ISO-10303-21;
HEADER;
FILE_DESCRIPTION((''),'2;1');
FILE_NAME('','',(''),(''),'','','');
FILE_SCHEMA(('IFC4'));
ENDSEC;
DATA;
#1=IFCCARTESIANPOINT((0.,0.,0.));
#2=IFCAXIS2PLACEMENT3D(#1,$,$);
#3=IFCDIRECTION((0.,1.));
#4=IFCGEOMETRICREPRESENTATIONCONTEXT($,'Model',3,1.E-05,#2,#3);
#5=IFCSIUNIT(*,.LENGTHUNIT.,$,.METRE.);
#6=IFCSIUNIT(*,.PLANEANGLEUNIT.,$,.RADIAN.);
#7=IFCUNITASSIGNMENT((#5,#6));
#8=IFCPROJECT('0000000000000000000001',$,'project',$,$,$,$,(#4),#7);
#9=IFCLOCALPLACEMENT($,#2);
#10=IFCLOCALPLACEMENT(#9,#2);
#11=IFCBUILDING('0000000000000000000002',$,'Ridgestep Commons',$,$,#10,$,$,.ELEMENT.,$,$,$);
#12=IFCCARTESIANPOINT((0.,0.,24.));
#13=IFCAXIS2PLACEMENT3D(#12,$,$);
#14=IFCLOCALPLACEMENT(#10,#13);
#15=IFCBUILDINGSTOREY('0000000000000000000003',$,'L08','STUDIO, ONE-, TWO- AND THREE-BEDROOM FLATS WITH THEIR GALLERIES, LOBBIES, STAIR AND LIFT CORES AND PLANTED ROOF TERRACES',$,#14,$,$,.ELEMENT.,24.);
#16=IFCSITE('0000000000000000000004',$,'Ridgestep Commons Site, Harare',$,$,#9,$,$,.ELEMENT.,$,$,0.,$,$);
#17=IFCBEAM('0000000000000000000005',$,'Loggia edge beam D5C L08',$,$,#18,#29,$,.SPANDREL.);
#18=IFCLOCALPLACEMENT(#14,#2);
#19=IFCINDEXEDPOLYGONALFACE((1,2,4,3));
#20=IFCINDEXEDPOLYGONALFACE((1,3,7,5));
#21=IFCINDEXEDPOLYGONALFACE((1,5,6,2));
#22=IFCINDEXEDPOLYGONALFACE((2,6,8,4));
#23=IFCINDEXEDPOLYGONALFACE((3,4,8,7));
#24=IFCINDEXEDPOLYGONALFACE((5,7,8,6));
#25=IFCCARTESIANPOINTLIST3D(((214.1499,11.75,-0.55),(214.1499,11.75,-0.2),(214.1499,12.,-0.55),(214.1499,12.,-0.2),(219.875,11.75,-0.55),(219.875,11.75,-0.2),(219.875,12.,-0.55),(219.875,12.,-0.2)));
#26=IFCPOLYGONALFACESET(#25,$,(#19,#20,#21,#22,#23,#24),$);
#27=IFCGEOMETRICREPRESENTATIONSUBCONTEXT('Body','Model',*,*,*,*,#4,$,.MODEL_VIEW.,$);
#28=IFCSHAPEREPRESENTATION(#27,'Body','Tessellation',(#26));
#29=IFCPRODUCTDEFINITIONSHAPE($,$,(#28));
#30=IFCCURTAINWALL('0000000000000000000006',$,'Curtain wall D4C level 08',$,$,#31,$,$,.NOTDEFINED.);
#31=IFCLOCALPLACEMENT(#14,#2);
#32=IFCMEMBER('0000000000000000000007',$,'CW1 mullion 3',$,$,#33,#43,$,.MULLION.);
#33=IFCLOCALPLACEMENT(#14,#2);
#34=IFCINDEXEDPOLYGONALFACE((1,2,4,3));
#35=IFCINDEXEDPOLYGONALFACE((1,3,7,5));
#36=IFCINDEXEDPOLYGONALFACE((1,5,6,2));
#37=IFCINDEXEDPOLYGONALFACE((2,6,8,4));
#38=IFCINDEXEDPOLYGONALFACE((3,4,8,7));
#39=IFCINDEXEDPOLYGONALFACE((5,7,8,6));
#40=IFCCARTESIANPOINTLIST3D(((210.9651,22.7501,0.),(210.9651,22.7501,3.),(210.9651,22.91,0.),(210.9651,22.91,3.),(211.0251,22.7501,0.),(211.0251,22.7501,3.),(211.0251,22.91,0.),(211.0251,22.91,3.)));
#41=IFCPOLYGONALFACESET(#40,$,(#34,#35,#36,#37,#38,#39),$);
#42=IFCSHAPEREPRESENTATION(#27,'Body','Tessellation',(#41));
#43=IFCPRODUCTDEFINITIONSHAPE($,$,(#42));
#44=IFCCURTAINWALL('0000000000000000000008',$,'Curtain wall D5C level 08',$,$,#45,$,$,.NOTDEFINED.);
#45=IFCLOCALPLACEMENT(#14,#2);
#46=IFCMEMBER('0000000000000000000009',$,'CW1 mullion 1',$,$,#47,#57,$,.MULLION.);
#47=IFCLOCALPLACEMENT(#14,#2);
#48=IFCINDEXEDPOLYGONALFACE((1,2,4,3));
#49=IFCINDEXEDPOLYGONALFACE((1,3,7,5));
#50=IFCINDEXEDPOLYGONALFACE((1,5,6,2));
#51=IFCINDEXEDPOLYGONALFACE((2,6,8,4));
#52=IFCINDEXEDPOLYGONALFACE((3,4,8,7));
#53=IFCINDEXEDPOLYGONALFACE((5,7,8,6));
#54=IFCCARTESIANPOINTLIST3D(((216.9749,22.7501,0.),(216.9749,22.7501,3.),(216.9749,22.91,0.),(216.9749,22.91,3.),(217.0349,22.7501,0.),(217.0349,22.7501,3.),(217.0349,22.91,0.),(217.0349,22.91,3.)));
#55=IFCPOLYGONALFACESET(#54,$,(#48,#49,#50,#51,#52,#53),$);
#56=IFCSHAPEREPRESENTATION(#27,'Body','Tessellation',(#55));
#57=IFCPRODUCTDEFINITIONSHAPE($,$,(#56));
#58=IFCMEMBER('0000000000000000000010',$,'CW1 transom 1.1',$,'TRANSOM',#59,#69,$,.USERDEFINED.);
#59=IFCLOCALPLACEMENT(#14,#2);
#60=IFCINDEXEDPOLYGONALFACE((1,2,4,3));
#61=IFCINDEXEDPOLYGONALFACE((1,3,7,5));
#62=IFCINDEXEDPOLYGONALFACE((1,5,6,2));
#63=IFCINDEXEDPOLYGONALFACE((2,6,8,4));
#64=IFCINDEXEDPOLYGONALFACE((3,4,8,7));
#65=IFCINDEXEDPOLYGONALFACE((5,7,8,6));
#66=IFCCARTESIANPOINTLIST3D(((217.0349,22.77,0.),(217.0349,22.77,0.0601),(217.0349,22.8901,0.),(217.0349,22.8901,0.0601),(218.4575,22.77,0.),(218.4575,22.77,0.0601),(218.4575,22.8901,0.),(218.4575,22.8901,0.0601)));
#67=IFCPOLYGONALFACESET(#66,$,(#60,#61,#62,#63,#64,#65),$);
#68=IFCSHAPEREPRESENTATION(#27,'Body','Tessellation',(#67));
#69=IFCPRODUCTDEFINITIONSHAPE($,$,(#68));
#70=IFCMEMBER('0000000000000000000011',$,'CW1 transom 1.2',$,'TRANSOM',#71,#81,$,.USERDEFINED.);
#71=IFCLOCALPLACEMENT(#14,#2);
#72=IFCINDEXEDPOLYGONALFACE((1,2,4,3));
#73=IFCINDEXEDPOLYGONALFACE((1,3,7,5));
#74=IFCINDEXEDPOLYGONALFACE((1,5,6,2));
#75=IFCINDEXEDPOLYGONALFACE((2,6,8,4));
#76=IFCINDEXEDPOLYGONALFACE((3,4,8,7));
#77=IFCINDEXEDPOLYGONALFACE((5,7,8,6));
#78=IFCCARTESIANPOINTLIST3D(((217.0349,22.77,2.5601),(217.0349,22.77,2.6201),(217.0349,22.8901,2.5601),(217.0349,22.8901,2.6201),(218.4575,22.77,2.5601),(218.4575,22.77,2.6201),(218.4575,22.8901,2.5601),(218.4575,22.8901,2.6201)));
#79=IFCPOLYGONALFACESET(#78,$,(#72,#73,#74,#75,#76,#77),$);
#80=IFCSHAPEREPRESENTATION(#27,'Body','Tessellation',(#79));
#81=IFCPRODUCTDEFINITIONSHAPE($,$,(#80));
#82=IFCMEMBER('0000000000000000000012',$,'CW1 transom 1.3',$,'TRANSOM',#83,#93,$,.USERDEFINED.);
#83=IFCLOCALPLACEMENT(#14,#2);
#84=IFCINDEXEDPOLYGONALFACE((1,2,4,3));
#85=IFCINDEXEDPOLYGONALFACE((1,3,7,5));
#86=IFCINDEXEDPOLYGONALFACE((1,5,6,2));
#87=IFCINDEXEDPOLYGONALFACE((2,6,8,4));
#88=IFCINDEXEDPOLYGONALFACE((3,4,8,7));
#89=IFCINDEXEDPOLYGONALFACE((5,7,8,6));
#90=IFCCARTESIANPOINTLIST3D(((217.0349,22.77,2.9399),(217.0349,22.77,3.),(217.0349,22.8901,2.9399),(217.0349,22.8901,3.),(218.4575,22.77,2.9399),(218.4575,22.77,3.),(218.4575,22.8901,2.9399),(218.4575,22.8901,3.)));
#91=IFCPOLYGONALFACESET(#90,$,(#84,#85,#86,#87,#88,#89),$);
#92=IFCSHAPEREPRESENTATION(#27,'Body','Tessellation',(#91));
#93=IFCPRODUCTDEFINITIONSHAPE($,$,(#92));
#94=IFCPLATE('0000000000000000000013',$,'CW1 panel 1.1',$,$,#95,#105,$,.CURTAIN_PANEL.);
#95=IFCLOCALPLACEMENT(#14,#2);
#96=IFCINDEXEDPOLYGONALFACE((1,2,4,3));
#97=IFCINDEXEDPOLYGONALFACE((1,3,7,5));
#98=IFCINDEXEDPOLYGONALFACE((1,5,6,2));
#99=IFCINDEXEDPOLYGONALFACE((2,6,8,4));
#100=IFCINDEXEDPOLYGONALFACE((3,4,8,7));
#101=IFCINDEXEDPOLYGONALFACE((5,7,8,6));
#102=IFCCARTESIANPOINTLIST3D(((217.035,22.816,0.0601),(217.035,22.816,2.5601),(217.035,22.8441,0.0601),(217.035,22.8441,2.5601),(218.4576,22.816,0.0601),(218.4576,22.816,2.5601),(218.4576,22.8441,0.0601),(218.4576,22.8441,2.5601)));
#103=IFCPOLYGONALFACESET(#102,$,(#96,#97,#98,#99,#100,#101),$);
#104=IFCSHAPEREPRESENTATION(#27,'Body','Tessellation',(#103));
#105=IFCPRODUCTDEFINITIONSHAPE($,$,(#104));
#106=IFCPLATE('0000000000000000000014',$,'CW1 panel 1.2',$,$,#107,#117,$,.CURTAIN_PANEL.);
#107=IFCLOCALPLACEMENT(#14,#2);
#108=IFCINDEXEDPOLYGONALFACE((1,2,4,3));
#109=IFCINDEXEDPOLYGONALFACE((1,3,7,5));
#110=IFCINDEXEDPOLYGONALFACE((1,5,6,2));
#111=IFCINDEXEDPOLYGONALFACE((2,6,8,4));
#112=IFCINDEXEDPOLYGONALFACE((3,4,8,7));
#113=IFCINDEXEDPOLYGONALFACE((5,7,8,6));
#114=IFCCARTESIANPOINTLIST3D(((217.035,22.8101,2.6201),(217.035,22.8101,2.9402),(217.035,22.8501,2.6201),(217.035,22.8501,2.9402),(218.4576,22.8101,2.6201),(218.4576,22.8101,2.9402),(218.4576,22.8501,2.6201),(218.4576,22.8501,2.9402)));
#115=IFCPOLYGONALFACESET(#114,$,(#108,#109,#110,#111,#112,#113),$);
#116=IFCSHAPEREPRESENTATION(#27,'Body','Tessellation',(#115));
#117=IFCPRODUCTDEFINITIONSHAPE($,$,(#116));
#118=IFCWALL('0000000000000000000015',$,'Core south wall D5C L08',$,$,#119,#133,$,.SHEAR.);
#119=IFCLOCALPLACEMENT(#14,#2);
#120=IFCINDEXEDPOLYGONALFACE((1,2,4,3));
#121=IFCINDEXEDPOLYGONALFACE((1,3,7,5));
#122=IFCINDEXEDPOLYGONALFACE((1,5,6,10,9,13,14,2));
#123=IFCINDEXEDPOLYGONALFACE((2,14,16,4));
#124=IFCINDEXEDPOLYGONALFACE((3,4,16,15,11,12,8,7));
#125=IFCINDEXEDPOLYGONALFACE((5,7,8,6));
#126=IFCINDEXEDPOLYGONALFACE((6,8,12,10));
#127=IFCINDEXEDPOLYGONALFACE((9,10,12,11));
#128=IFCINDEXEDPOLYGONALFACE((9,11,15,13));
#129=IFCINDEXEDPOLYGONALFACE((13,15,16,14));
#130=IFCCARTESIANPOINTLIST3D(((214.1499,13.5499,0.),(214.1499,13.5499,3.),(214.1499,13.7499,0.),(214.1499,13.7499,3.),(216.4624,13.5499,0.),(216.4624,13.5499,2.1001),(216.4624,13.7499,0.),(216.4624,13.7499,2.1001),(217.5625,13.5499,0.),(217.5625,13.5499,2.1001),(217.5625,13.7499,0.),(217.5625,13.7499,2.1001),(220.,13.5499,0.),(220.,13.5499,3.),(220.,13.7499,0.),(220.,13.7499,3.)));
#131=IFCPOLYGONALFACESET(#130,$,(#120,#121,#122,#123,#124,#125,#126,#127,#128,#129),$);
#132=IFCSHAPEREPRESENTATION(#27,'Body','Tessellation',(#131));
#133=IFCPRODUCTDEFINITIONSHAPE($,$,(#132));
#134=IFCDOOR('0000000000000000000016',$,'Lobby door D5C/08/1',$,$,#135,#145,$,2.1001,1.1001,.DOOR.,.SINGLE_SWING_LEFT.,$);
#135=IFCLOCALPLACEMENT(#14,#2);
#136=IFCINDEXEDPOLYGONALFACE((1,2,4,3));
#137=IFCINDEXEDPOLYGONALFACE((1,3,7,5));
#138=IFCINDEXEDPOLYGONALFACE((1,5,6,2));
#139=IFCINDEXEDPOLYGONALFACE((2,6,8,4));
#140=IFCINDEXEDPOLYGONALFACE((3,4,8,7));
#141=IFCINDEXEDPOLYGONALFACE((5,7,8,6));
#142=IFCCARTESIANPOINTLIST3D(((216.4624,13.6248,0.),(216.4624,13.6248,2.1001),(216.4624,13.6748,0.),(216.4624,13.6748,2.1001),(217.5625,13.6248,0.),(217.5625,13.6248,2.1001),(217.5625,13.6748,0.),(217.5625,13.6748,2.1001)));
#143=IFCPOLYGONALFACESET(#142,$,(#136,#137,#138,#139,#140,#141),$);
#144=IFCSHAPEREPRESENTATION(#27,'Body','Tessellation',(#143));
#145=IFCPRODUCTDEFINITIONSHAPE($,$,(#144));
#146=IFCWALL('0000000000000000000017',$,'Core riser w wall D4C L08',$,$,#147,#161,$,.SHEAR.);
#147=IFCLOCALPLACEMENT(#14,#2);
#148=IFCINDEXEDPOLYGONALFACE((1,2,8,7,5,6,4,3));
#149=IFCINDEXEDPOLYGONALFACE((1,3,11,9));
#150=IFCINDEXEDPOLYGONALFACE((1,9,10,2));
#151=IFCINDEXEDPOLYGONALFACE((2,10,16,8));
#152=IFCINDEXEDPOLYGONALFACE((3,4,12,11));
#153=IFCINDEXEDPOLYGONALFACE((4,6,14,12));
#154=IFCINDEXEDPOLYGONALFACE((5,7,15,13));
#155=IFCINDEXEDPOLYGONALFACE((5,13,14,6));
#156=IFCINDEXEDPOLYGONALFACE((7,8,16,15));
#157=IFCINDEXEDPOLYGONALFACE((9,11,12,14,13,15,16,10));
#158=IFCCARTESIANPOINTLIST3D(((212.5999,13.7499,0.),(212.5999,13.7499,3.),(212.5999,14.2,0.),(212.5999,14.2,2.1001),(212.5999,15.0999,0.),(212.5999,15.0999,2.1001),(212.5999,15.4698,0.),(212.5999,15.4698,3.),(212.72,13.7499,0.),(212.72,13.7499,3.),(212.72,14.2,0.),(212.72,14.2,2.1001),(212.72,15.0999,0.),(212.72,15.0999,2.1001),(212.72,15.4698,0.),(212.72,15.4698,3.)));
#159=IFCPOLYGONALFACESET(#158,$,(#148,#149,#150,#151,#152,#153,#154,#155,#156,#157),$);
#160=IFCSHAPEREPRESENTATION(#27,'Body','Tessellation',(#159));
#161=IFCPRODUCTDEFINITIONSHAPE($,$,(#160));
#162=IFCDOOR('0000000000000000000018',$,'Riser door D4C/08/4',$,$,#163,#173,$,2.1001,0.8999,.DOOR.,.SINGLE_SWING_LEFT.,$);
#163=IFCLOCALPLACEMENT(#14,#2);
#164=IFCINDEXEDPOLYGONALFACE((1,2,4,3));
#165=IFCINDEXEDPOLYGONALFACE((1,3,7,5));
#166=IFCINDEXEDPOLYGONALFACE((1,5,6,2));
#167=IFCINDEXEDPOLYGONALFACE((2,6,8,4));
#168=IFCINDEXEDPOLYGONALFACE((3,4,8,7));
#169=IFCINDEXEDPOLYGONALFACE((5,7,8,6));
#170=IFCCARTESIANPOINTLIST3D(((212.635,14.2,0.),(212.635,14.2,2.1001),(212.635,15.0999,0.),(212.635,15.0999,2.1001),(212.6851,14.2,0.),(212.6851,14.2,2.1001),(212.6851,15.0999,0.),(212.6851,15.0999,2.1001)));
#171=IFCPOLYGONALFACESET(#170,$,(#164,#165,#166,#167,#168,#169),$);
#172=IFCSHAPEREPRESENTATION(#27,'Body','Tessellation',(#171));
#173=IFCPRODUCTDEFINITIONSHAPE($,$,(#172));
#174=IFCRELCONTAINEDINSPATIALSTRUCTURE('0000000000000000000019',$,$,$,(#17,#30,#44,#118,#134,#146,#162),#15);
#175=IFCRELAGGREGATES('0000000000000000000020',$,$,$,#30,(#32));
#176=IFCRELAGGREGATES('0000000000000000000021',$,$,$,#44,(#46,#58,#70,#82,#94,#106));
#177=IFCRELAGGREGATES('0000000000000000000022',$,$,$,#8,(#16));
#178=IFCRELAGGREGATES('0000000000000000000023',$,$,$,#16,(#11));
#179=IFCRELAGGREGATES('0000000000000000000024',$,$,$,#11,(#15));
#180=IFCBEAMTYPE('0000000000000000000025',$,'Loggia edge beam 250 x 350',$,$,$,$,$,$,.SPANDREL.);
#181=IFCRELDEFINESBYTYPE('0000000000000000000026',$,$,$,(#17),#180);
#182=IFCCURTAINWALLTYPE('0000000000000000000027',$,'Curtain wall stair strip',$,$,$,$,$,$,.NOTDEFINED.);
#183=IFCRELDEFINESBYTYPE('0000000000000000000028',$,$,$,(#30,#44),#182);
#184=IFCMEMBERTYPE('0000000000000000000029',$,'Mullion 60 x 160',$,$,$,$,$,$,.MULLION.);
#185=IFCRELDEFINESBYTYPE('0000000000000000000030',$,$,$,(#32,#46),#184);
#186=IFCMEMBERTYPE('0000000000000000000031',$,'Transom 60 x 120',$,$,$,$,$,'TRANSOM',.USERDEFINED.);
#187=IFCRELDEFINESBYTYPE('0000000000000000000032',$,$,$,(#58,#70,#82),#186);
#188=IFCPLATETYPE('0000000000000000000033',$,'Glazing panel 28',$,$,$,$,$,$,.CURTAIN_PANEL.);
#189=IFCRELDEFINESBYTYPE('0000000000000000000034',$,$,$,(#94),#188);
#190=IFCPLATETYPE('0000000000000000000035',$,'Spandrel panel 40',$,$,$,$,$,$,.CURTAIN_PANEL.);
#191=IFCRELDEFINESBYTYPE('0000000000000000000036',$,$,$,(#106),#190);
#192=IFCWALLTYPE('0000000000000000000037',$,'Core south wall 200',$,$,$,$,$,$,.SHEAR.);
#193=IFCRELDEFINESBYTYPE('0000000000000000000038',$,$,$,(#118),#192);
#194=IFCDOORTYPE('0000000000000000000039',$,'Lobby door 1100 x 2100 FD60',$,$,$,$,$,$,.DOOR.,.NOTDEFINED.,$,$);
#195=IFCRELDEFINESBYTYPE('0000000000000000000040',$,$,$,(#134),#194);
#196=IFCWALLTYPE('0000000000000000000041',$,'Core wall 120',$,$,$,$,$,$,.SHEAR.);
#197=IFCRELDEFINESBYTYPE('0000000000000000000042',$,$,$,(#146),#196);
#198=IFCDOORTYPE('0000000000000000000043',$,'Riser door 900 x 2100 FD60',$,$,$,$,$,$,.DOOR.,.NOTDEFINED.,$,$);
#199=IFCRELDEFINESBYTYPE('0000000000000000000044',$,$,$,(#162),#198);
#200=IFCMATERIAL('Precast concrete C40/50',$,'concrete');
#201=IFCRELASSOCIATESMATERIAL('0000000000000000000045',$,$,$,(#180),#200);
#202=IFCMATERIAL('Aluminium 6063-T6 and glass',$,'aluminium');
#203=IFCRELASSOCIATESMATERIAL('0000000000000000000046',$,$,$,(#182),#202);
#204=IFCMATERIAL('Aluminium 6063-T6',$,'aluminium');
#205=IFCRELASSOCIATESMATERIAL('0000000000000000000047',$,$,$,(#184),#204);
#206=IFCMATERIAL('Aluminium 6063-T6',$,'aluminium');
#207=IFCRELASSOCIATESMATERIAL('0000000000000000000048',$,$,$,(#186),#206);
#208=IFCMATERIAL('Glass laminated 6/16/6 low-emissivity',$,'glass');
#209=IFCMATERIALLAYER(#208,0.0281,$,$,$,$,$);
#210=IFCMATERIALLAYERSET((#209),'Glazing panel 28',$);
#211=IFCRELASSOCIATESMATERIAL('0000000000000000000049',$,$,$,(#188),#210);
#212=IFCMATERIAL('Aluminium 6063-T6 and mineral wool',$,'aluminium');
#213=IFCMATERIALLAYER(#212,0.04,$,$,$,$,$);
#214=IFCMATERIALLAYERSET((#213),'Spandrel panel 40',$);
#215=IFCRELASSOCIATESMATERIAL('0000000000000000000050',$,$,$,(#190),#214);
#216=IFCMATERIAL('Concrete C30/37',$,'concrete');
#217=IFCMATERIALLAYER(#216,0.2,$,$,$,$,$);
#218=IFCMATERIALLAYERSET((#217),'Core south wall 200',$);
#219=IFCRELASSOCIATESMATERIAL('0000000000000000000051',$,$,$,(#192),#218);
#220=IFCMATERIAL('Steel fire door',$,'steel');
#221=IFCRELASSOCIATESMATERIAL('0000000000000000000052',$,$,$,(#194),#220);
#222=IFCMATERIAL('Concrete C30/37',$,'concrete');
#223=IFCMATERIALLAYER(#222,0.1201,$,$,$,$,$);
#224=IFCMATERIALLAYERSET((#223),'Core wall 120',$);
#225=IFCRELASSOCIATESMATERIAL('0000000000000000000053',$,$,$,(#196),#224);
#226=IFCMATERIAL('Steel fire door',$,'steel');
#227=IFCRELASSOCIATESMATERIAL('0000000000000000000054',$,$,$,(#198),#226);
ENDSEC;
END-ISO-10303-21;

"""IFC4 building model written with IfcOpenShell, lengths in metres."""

from ifc_helpers import new_model, si_unit, direction, frame, frame_2d, origin, origin_2d, place, context, subcontext, project, spatial, rectangle, extrude, material, layer, layer_set, material_profile, profile_set, type_object, element, fill, aggregate, save


model = new_model("IFC4")

# Units and contexts
model_context = context("Model", 3, precision=1e-05, world=origin(), true_north=direction((0.0, 1.0)))
body_context = subcontext(model_context, "Body", "Model", "MODEL_VIEW")
ifc_project = project(units=[si_unit("LENGTHUNIT", "METRE"), si_unit("PLANEANGLEUNIT", "RADIAN")], contexts=[model_context])

# Site, building, storey
site_placement = place(None, origin())
site = spatial("IfcSite", under=ifc_project, at=site_placement, Name="Ridgestep Commons Site, Harare", CompositionType="ELEMENT", RefElevation=0.0)
building_placement = place(site_placement, origin())
building = spatial("IfcBuilding", under=site, at=building_placement, Name="Ridgestep Commons", CompositionType="ELEMENT")
storey_placement = place(building_placement, frame((0.0, 0.0, 24.0)))
storey = spatial("IfcBuildingStorey", under=building, at=storey_placement, Name="L08", Description="STUDIO, ONE-, TWO- AND THREE-BEDROOM FLATS WITH THEIR GALLERIES, LOBBIES, STAIR AND LIFT CORES AND PLANTED ROOF TERRACES", CompositionType="ELEMENT", Elevation=24.0)

# Beam
ifc_material_1 = material(Name="Precast concrete C40/50", Category="concrete")
ifc_material_profile_1 = material_profile(ifc_material_1, rectangle(XDim=0.25, YDim=0.3501, at=origin_2d()), Name="PC 250x350")
ifc_profile_set_1 = profile_set([ifc_material_profile_1], Name="Precast concrete C40/50")
beam_type = type_object("IfcBeamType", Name="Loggia edge beam 250 x 350", PredefinedType="SPANDREL", material=ifc_profile_set_1)
beam_placement = place(storey_placement, frame((214.1499, 11.875, -0.375), z_axis=(1.0, 0.0, 0.0), x_axis=(0.0, 1.0, 0.0)))
element("IfcBeam", 1, at=beam_placement, inside=storey, type_object=beam_type, Name="Loggia edge beam D5C L08", PredefinedType="SPANDREL", context=body_context, shape_type="SweptSolid", body=[
    extrude(rectangle(XDim=0.25, YDim=0.3501, at=origin_2d()), origin(), (0.0, 0.0, 1.0), 5.7251),
])

# Curtain wall, member
ifc_material_2 = material(Name="Aluminium 6063-T6 and glass", Category="aluminium")
curtain_wall_type = type_object("IfcCurtainWallType", Name="Curtain wall stair strip", PredefinedType="NOTDEFINED", material=ifc_material_2)
curtain_wall_1_placement = place(storey_placement, origin())
curtain_wall_1 = element("IfcCurtainWall", 2, at=curtain_wall_1_placement, inside=storey, type_object=curtain_wall_type, Name="Curtain wall D4C level 08", PredefinedType="NOTDEFINED")
ifc_material_3 = material(Name="Aluminium 6063-T6", Category="aluminium")
ifc_material_profile_2 = material_profile(ifc_material_3, rectangle(XDim=0.1599, YDim=0.0601, at=origin_2d()), Name="Mullion 60 x 160")
ifc_profile_set_2 = profile_set([ifc_material_profile_2], Name="Aluminium 6063-T6")
member_type_1 = type_object("IfcMemberType", Name="Mullion 60 x 160", PredefinedType="MULLION", material=ifc_profile_set_2)
member_1_placement = place(storey_placement, frame((210.9951, 22.8301, 0.0), z_axis=(0.0, 0.0, 1.0), x_axis=(0.0, 1.0, 0.0)))
member_1 = element("IfcMember", 3, at=member_1_placement, type_object=member_type_1, Name="CW1 mullion 3", PredefinedType="MULLION", context=body_context, shape_type="SweptSolid", body=[
    extrude(rectangle(XDim=0.1599, YDim=0.0601, at=origin_2d()), origin(), (0.0, 0.0, 1.0), 3.0),
])
aggregate(curtain_wall_1, [member_1])

# Curtain wall, members, plates
curtain_wall_2_placement = place(storey_placement, origin())
curtain_wall_2 = element("IfcCurtainWall", 4, at=curtain_wall_2_placement, inside=storey, type_object=curtain_wall_type, Name="Curtain wall D5C level 08", PredefinedType="NOTDEFINED")
member_2_placement = place(storey_placement, frame((217.0049, 22.8301, 0.0), z_axis=(0.0, 0.0, 1.0), x_axis=(0.0, 1.0, 0.0)))
member_2 = element("IfcMember", 5, at=member_2_placement, type_object=member_type_1, Name="CW1 mullion 1", PredefinedType="MULLION", context=body_context, shape_type="SweptSolid", body=[
    extrude(rectangle(XDim=0.1599, YDim=0.0601, at=origin_2d()), origin(), (0.0, 0.0, 1.0), 3.0),
])
ifc_material_4 = material(Name="Aluminium 6063-T6", Category="aluminium")
ifc_material_profile_3 = material_profile(ifc_material_4, rectangle(XDim=0.1201, YDim=0.0601, at=origin_2d()), Name="Transom 60 x 120")
ifc_profile_set_3 = profile_set([ifc_material_profile_3], Name="Aluminium 6063-T6")
member_type_2 = type_object("IfcMemberType", Name="Transom 60 x 120", ElementType="TRANSOM", PredefinedType="USERDEFINED", material=ifc_profile_set_3)
member_3_placement = place(storey_placement, frame((217.0349, 22.8301, 0.03), z_axis=(1.0, 0.0, 0.0), x_axis=(0.0, 1.0, 0.0)))
member_3 = element("IfcMember", 6, at=member_3_placement, type_object=member_type_2, Name="CW1 transom 1.1", ObjectType="TRANSOM", PredefinedType="USERDEFINED", context=body_context, shape_type="SweptSolid", body=[
    extrude(rectangle(XDim=0.1201, YDim=0.0601, at=origin_2d()), origin(), (0.0, 0.0, 1.0), 1.4226),
])
member_4_placement = place(storey_placement, frame((217.0349, 22.8301, 2.5901), z_axis=(1.0, 0.0, 0.0), x_axis=(0.0, 1.0, 0.0)))
member_4 = element("IfcMember", 7, at=member_4_placement, type_object=member_type_2, Name="CW1 transom 1.2", ObjectType="TRANSOM", PredefinedType="USERDEFINED", context=body_context, shape_type="SweptSolid", body=[
    extrude(rectangle(XDim=0.1201, YDim=0.0601, at=origin_2d()), origin(), (0.0, 0.0, 1.0), 1.4226),
])
member_5_placement = place(storey_placement, frame((217.0349, 22.8301, 2.97), z_axis=(1.0, 0.0, 0.0), x_axis=(0.0, 1.0, 0.0)))
member_5 = element("IfcMember", 8, at=member_5_placement, type_object=member_type_2, Name="CW1 transom 1.3", ObjectType="TRANSOM", PredefinedType="USERDEFINED", context=body_context, shape_type="SweptSolid", body=[
    extrude(rectangle(XDim=0.1201, YDim=0.0601, at=origin_2d()), origin(), (0.0, 0.0, 1.0), 1.4226),
])
ifc_material_5 = material(Name="Glass laminated 6/16/6 low-emissivity", Category="glass")
ifc_layer_1 = layer(ifc_material_5, 0.0281)
ifc_layer_set_1 = layer_set([ifc_layer_1], Name="Glazing panel 28")
plate_type_1 = type_object("IfcPlateType", Name="Glazing panel 28", PredefinedType="CURTAIN_PANEL", material=ifc_layer_set_1)
plate_1_placement = place(storey_placement, frame((217.7463, 22.8301, 0.0601), z_axis=(0.0, 0.0, 1.0), x_axis=(1.0, 0.0, 0.0)))
plate_1 = element("IfcPlate", 9, at=plate_1_placement, type_object=plate_type_1, Name="CW1 panel 1.1", PredefinedType="CURTAIN_PANEL", context=body_context, shape_type="SweptSolid", body=[
    extrude(rectangle(XDim=1.4226, YDim=0.0281, at=origin_2d()), origin(), (0.0, 0.0, 1.0), 2.5),
])
ifc_material_6 = material(Name="Aluminium 6063-T6 and mineral wool", Category="aluminium")
ifc_layer_2 = layer(ifc_material_6, 0.04)
ifc_layer_set_2 = layer_set([ifc_layer_2], Name="Spandrel panel 40")
plate_type_2 = type_object("IfcPlateType", Name="Spandrel panel 40", PredefinedType="CURTAIN_PANEL", material=ifc_layer_set_2)
plate_2_placement = place(storey_placement, frame((217.7463, 22.8301, 2.6201), z_axis=(0.0, 0.0, 1.0), x_axis=(1.0, 0.0, 0.0)))
plate_2 = element("IfcPlate", 10, at=plate_2_placement, type_object=plate_type_2, Name="CW1 panel 1.2", PredefinedType="CURTAIN_PANEL", context=body_context, shape_type="SweptSolid", body=[
    extrude(rectangle(XDim=1.4226, YDim=0.04, at=origin_2d()), origin(), (0.0, 0.0, 1.0), 0.3201),
])
aggregate(curtain_wall_2, [member_2, member_3, member_4, member_5, plate_1, plate_2])

# Walls, openings, doors
ifc_material_7 = material(Name="Concrete C30/37", Category="concrete")
ifc_layer_3 = layer(ifc_material_7, 0.2)
ifc_layer_set_3 = layer_set([ifc_layer_3], Name="Core south wall 200")
wall_type_1 = type_object("IfcWallType", Name="Core south wall 200", PredefinedType="SHEAR", material=ifc_layer_set_3)
wall_1_placement = place(storey_placement, frame((214.1499, 13.6499, 0.0), z_axis=(0.0, 0.0, 1.0), x_axis=(1.0, 0.0, 0.0)))
wall_1 = element("IfcWall", 11, at=wall_1_placement, inside=storey, type_object=wall_type_1, Name="Core south wall D5C L08", PredefinedType="SHEAR", context=body_context, shape_type="SweptSolid", body=[
    extrude(rectangle(XDim=5.8501, YDim=0.2, at=frame_2d((2.925, 0.0))), origin(), (0.0, 0.0, 1.0), 3.0),
])
opening_1_placement = place(wall_1_placement, frame((2.3125, 0.0, 0.0)))
opening_1 = element("IfcOpeningElement", 12, at=opening_1_placement, cuts=wall_1, PredefinedType="OPENING", context=body_context, shape_type="SweptSolid", body=[
    extrude(rectangle(XDim=1.1001, YDim=2.1001, at=frame_2d((0.55, 1.05))), frame((0.0, 0.1099, 0.0), z_axis=(0.0, -1.0, 0.0), x_axis=(1.0, 0.0, 0.0)), (0.0, 0.0, 1.0), 0.22),
])
ifc_material_8 = material(Name="Steel fire door", Category="steel")
door_type_1 = type_object("IfcDoorType", Name="Lobby door 1100 x 2100 FD60", OperationType="NOTDEFINED", PredefinedType="DOOR", material=ifc_material_8)
door_1_placement = place(opening_1_placement, origin())
door_1 = element("IfcDoor", 13, at=door_1_placement, inside=storey, type_object=door_type_1, Name="Lobby door D5C/08/1", OperationType="SINGLE_SWING_LEFT", OverallHeight=2.1001, OverallWidth=1.1001, PredefinedType="DOOR", context=body_context, shape_type="SweptSolid", body=[
    extrude(rectangle(XDim=1.1001, YDim=2.1001, at=frame_2d((0.55, 1.05))), frame((0.0, 0.0249, 0.0), z_axis=(0.0, -1.0, 0.0), x_axis=(1.0, 0.0, 0.0)), (0.0, 0.0, 1.0), 0.05),
])
fill(opening_1, door_1)
ifc_material_9 = material(Name="Concrete C30/37", Category="concrete")
ifc_layer_4 = layer(ifc_material_9, 0.1201)
ifc_layer_set_4 = layer_set([ifc_layer_4], Name="Core wall 120")
wall_type_2 = type_object("IfcWallType", Name="Core wall 120", PredefinedType="SHEAR", material=ifc_layer_set_4)
wall_2_placement = place(storey_placement, frame((212.6599, 13.75, 0.0), z_axis=(0.0, 0.0, 1.0), x_axis=(0.0, 1.0, 0.0)))
wall_2 = element("IfcWall", 14, at=wall_2_placement, inside=storey, type_object=wall_type_2, Name="Core riser w wall D4C L08", PredefinedType="SHEAR", context=body_context, shape_type="SweptSolid", body=[
    extrude(rectangle(XDim=1.72, YDim=0.1201, at=frame_2d((0.8599, 0.0))), origin(), (0.0, 0.0, 1.0), 3.0),
])
opening_2_placement = place(wall_2_placement, frame((0.45, 0.0, 0.0)))
opening_2 = element("IfcOpeningElement", 15, at=opening_2_placement, cuts=wall_2, PredefinedType="OPENING", context=body_context, shape_type="SweptSolid", body=[
    extrude(rectangle(XDim=0.8999, YDim=2.1001, at=frame_2d((0.45, 1.05))), frame((0.0, 0.0701, 0.0), z_axis=(0.0, -1.0, 0.0), x_axis=(1.0, 0.0, 0.0)), (0.0, 0.0, 1.0), 0.1401),
])
ifc_material_10 = material(Name="Steel fire door", Category="steel")
door_type_2 = type_object("IfcDoorType", Name="Riser door 900 x 2100 FD60", OperationType="NOTDEFINED", PredefinedType="DOOR", material=ifc_material_10)
door_2_placement = place(opening_2_placement, origin())
door_2 = element("IfcDoor", 16, at=door_2_placement, inside=storey, type_object=door_type_2, Name="Riser door D4C/08/4", OperationType="SINGLE_SWING_LEFT", OverallHeight=2.1001, OverallWidth=0.8999, PredefinedType="DOOR", context=body_context, shape_type="SweptSolid", body=[
    extrude(rectangle(XDim=0.8999, YDim=2.1001, at=frame_2d((0.45, 1.05))), frame((0.0, 0.0249, 0.0), z_axis=(0.0, -1.0, 0.0), x_axis=(1.0, 0.0, 0.0)), (0.0, 0.0, 1.0), 0.05),
])
fill(opening_2, door_2)

save(model, "model.ifc")
